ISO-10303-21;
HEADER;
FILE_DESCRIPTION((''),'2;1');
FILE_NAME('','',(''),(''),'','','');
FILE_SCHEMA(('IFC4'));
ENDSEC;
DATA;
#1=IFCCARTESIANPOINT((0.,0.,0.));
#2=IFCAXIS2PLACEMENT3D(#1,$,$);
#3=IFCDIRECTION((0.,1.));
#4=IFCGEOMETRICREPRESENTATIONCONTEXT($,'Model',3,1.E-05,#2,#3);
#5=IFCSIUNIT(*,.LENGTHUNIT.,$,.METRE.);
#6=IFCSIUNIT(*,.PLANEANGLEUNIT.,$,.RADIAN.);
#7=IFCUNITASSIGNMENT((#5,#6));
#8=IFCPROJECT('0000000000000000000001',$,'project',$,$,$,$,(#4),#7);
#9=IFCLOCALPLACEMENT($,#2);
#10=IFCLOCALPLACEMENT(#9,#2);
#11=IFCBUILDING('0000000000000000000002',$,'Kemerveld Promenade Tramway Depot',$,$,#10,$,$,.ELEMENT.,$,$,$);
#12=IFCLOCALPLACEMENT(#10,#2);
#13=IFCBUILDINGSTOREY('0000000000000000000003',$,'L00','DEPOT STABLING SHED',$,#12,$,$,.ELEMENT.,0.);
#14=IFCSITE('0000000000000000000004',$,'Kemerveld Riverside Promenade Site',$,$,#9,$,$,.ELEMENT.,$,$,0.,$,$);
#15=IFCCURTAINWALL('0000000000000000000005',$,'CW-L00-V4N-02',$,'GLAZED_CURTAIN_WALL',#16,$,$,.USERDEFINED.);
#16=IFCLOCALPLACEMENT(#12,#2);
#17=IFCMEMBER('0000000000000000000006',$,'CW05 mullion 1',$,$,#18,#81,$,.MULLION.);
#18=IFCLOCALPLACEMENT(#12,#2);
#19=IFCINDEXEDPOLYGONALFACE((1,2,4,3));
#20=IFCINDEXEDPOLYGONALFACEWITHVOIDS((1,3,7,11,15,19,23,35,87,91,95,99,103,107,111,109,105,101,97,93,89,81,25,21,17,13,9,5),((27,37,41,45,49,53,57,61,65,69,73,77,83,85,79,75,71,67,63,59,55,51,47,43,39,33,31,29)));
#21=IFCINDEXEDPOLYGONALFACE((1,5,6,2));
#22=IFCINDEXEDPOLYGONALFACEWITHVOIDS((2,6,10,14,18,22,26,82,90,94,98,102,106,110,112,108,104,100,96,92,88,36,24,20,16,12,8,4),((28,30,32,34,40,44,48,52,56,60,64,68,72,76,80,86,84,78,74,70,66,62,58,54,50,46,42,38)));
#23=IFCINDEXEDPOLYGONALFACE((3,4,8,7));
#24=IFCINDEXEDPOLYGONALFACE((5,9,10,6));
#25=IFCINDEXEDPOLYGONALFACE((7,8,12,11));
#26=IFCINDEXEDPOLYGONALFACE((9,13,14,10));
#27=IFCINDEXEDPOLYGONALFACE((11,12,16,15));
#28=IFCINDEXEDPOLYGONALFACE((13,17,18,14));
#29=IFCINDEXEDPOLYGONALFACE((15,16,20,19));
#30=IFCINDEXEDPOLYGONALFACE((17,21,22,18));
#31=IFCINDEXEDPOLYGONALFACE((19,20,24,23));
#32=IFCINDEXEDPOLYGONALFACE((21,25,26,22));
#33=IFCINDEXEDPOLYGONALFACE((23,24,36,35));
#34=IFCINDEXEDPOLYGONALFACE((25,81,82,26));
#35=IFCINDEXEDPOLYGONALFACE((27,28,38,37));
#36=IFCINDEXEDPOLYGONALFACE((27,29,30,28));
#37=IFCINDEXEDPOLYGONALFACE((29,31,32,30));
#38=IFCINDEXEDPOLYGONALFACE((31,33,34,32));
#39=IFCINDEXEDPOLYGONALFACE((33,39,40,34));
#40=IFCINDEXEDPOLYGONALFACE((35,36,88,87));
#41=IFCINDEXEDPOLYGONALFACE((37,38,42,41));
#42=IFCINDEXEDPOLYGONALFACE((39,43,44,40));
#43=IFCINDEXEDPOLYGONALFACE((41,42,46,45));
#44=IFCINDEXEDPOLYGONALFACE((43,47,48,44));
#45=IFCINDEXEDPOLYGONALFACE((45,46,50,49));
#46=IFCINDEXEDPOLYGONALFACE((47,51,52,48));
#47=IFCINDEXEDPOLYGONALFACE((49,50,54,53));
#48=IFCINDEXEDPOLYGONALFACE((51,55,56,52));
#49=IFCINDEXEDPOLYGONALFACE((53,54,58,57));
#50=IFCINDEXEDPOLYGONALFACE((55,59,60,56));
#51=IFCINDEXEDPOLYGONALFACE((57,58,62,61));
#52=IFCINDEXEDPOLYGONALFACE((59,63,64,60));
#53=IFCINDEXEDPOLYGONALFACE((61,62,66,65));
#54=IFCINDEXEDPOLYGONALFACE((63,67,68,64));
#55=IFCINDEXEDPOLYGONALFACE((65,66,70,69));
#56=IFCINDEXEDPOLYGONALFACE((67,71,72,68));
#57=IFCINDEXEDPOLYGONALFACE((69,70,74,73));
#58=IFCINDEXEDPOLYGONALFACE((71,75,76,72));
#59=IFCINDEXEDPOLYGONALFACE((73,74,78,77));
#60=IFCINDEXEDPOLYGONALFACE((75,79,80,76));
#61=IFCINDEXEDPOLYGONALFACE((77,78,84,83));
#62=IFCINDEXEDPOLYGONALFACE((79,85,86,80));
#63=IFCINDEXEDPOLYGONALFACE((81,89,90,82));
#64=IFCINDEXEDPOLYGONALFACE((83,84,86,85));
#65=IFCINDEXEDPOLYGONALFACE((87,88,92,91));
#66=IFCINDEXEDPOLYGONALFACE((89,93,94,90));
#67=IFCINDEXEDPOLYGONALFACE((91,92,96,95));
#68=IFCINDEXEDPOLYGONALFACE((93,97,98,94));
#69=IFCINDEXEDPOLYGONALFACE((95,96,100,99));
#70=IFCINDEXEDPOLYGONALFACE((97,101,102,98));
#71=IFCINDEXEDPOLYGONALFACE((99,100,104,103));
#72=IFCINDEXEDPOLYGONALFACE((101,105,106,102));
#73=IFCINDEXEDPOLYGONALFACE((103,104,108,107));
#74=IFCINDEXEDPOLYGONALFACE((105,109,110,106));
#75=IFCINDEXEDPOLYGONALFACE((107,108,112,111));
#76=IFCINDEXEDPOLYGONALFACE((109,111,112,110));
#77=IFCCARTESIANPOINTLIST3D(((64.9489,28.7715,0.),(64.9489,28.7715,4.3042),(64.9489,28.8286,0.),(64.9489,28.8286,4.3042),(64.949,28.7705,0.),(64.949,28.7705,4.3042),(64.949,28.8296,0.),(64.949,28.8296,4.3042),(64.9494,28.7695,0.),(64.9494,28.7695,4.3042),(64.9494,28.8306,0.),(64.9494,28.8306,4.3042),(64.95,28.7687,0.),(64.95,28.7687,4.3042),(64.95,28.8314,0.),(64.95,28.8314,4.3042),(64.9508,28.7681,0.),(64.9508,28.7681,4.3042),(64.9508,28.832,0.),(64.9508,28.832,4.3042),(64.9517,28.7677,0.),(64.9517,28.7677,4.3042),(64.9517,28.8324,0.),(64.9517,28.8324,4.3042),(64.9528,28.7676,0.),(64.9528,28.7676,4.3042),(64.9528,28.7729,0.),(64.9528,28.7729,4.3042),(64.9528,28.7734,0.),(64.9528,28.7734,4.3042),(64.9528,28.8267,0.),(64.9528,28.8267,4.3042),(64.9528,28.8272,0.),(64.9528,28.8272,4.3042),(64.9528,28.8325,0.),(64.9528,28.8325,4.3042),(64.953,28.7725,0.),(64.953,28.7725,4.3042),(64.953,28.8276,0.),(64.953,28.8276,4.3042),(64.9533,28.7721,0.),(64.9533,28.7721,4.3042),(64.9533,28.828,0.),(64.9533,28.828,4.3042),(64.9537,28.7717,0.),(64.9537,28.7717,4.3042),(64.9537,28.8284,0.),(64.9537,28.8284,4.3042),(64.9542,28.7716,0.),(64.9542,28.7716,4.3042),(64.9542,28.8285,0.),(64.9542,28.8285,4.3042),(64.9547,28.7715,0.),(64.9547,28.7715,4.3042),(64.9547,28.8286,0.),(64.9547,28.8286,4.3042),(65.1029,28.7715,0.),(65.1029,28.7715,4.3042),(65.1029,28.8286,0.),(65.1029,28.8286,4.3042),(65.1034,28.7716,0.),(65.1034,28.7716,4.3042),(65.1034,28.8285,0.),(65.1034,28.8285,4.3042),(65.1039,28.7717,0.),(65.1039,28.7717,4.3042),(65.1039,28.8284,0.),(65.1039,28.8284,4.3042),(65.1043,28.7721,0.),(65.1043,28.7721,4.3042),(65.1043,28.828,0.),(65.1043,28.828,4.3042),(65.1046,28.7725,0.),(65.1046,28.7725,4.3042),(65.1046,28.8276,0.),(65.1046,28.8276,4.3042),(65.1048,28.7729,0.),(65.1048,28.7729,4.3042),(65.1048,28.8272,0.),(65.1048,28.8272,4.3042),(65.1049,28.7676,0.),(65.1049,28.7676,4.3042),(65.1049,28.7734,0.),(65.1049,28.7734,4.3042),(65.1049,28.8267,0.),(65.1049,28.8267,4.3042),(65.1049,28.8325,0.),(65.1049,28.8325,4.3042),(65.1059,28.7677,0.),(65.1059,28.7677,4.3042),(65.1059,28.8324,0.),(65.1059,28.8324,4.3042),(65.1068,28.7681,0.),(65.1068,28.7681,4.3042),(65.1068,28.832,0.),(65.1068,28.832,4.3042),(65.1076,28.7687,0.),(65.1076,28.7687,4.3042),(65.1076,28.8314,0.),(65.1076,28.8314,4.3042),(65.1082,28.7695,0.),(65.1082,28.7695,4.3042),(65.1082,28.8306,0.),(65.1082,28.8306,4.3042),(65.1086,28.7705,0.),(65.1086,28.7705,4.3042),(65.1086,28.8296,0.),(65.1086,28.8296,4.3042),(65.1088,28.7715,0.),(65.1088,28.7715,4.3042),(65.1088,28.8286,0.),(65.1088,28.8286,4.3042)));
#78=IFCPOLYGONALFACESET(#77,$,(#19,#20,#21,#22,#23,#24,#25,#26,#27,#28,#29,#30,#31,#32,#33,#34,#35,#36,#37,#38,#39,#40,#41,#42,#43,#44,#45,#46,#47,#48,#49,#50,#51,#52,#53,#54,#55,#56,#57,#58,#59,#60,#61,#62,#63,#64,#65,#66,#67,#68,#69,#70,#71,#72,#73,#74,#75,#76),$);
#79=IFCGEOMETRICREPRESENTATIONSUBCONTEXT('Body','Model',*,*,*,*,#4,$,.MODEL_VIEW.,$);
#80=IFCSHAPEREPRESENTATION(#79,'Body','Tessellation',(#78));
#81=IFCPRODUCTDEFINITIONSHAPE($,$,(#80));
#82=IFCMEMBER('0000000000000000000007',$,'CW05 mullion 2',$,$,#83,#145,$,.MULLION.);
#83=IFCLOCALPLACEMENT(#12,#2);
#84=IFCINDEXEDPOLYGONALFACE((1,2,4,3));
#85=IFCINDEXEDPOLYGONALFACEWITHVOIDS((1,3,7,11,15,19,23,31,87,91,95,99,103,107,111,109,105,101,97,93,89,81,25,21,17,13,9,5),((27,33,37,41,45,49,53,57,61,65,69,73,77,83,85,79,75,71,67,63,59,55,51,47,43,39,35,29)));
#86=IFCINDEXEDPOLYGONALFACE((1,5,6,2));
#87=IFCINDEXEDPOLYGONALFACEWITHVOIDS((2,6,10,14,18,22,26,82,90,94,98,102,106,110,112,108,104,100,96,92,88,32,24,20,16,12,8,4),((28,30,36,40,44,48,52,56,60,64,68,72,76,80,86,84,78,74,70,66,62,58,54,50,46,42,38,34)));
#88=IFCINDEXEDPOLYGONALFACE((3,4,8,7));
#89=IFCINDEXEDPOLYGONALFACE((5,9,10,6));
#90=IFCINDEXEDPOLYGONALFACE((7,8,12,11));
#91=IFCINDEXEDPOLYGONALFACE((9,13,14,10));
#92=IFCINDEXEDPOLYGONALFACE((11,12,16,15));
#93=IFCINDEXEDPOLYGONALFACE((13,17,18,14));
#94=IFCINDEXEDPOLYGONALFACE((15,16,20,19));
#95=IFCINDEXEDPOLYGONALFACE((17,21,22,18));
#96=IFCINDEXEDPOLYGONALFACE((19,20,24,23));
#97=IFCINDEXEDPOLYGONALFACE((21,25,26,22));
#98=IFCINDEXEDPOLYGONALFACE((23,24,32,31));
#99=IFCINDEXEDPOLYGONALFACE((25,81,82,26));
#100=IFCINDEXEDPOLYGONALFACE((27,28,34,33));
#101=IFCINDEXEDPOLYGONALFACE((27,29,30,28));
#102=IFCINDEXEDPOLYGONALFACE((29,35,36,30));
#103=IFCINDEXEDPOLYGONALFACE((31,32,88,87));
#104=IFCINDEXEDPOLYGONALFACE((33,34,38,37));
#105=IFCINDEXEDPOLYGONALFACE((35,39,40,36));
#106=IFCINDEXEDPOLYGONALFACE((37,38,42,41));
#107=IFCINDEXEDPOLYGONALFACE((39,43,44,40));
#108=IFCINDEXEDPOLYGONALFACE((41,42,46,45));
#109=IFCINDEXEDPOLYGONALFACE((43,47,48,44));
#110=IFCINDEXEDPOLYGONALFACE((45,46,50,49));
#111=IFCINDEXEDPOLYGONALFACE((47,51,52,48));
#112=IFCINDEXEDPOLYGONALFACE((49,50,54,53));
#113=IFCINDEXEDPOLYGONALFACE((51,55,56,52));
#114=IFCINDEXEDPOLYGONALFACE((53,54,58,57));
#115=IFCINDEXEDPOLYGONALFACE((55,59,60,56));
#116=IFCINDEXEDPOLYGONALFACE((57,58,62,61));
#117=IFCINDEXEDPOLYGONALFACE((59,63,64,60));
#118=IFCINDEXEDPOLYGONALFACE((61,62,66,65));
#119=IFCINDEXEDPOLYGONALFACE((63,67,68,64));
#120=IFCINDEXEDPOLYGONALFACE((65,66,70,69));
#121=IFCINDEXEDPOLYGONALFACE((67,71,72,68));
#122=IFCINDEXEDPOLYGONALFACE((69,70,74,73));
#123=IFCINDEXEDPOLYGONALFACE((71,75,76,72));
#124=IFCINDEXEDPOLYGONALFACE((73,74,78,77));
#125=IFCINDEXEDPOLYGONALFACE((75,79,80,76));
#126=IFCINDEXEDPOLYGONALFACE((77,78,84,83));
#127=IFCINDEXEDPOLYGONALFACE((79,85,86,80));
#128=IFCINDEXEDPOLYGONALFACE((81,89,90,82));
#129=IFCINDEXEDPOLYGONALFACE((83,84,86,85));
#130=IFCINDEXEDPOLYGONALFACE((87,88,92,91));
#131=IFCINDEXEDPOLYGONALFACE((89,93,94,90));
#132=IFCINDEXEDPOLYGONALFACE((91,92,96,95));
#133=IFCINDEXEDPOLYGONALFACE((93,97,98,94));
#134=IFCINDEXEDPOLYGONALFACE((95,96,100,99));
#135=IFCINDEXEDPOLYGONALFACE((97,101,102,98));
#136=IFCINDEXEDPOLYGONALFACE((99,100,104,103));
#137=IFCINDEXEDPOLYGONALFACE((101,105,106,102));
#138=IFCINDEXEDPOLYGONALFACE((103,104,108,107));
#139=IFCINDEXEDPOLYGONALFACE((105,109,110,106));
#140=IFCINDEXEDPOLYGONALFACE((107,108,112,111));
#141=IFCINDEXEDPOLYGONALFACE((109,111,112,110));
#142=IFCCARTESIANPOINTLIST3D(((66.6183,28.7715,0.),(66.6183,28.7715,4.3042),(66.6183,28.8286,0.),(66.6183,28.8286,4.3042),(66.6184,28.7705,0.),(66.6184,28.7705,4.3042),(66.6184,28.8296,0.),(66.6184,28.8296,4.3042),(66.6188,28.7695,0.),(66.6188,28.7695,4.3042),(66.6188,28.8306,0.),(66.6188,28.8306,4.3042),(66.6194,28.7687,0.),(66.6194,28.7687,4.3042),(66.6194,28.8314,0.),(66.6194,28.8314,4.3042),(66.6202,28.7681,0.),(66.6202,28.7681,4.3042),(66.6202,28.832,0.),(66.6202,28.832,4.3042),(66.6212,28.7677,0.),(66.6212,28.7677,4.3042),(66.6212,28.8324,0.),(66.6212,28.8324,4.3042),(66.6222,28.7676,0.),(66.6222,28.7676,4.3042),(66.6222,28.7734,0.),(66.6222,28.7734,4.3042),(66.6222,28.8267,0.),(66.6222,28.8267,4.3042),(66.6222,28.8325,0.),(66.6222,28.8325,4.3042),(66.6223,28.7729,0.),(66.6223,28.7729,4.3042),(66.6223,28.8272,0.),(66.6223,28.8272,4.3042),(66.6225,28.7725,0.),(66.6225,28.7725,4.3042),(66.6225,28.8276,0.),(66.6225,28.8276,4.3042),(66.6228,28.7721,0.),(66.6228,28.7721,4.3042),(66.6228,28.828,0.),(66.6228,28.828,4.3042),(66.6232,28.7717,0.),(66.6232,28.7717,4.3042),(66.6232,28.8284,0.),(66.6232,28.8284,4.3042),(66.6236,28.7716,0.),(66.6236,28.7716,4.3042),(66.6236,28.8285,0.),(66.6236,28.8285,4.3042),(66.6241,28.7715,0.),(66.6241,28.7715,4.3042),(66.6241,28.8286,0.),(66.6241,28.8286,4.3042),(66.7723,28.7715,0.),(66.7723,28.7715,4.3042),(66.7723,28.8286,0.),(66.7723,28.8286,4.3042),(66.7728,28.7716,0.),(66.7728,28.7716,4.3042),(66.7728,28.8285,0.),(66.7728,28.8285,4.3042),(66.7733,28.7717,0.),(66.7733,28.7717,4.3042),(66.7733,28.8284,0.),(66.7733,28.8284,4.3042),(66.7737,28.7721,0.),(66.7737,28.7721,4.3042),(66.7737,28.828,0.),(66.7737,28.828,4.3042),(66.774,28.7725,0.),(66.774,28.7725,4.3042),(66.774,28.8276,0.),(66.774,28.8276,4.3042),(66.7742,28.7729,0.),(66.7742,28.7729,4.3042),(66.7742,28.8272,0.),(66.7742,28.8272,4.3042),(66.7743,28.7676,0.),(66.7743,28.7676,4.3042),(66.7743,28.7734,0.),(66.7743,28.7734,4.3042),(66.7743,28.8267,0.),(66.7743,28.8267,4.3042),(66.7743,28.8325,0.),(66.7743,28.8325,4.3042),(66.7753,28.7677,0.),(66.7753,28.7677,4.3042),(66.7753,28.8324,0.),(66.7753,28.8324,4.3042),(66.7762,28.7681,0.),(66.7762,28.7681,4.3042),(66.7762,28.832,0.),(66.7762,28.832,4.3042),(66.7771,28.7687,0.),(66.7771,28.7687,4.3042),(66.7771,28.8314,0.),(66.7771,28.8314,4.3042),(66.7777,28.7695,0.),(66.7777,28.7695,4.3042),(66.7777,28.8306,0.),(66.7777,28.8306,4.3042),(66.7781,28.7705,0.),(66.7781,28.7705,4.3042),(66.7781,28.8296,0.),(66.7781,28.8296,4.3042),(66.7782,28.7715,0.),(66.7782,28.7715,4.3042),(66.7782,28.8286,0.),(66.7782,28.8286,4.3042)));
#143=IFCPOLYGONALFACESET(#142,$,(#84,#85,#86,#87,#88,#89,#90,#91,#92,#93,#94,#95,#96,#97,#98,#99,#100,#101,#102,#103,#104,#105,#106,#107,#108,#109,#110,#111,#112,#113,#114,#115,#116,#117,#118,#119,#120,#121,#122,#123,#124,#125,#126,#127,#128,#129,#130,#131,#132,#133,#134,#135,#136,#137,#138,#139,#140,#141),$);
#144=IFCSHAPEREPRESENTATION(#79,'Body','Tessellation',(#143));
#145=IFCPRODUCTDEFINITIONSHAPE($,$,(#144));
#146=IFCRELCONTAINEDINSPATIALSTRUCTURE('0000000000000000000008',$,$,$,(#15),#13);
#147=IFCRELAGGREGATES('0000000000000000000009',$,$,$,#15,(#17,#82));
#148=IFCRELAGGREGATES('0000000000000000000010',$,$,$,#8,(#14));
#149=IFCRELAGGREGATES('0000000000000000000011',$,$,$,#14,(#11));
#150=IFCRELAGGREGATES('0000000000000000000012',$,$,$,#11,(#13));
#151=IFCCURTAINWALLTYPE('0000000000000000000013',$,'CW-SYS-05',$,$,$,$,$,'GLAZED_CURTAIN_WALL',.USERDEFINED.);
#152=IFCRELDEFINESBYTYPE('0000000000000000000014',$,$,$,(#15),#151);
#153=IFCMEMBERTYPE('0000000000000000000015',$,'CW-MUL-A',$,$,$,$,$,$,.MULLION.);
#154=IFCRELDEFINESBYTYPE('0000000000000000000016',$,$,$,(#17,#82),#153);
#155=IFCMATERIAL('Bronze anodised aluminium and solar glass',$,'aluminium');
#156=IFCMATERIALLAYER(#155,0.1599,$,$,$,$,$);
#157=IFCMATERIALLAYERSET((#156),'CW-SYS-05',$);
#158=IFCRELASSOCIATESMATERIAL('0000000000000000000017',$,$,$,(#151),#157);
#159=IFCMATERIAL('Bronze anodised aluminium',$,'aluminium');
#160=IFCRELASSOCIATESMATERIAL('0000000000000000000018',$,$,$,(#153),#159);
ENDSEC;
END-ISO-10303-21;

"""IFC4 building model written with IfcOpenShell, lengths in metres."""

from ifc_helpers import new_model, si_unit, direction, frame, origin, origin_2d, place, context, subcontext, project, spatial, hollow_rectangle, extrude, material, layer, layer_set, material_profile, profile_set, type_object, element, aggregate, save


model = new_model("IFC4")

# Units and contexts
model_context = context("Model", 3, precision=1e-05, world=origin(), true_north=direction((0.0, 1.0)))
body_context = subcontext(model_context, "Body", "Model", "MODEL_VIEW")
ifc_project = project(units=[si_unit("LENGTHUNIT", "METRE"), si_unit("PLANEANGLEUNIT", "RADIAN")], contexts=[model_context])

# Site, building, storey
site_placement = place(None, origin())
site = spatial("IfcSite", under=ifc_project, at=site_placement, Name="Kemerveld Riverside Promenade Site", CompositionType="ELEMENT", RefElevation=0.0)
building_placement = place(site_placement, origin())
building = spatial("IfcBuilding", under=site, at=building_placement, Name="Kemerveld Promenade Tramway Depot", CompositionType="ELEMENT")
storey_placement = place(building_placement, origin())
storey = spatial("IfcBuildingStorey", under=building, at=storey_placement, Name="L00", Description="DEPOT STABLING SHED", CompositionType="ELEMENT", Elevation=0.0)

# Curtain wall, members
ifc_material_1 = material(Name="Bronze anodised aluminium and solar glass", Category="aluminium")
ifc_layer_1 = layer(ifc_material_1, 0.1599)
ifc_layer_set_1 = layer_set([ifc_layer_1], Name="CW-SYS-05")
curtain_wall_type = type_object("IfcCurtainWallType", Name="CW-SYS-05", ElementType="GLAZED_CURTAIN_WALL", PredefinedType="USERDEFINED", material=ifc_layer_set_1)
curtain_wall_placement = place(storey_placement, origin())
curtain_wall = element("IfcCurtainWall", 1, at=curtain_wall_placement, inside=storey, type_object=curtain_wall_type, Name="CW-L00-V4N-02", ObjectType="GLAZED_CURTAIN_WALL", PredefinedType="USERDEFINED")
ifc_material_2 = material(Name="Bronze anodised aluminium", Category="aluminium")
ifc_material_profile_1 = material_profile(ifc_material_2, hollow_rectangle(XDim=0.0649, YDim=0.1599, WallThickness=0.0039, InnerFilletRadius=0.002, OuterFilletRadius=0.0039, at=origin_2d()), Name="CW-MUL-160x65")
ifc_profile_set_1 = profile_set([ifc_material_profile_1], Name="Bronze anodised aluminium")
member_type_1 = type_object("IfcMemberType", Name="CW-MUL-A", PredefinedType="MULLION", material=ifc_profile_set_1)
member_1_placement = place(storey_placement, frame((65.0288, 28.8, 0.0), z_axis=(0.0, 0.0, 1.0), x_axis=(0.0, 1.0, 0.0)))
member_1 = element("IfcMember", 2, at=member_1_placement, type_object=member_type_1, Name="CW05 mullion 1", PredefinedType="MULLION", context=body_context, shape_type="SweptSolid", body=[
    extrude(hollow_rectangle(XDim=0.0649, YDim=0.1599, WallThickness=0.0039, InnerFilletRadius=0.002, OuterFilletRadius=0.0039, at=origin_2d()), origin(), (0.0, 0.0, 1.0), 4.3042),
])
member_2_placement = place(storey_placement, frame((66.6982, 28.8, 0.0), z_axis=(0.0, 0.0, 1.0), x_axis=(0.0, 1.0, 0.0)))
member_2 = element("IfcMember", 3, at=member_2_placement, type_object=member_type_1, Name="CW05 mullion 2", PredefinedType="MULLION", context=body_context, shape_type="SweptSolid", body=[
    extrude(hollow_rectangle(XDim=0.0649, YDim=0.1599, WallThickness=0.0039, InnerFilletRadius=0.002, OuterFilletRadius=0.0039, at=origin_2d()), origin(), (0.0, 0.0, 1.0), 4.3042),
])
aggregate(curtain_wall, [member_1, member_2])

save(model, "model.ifc")
